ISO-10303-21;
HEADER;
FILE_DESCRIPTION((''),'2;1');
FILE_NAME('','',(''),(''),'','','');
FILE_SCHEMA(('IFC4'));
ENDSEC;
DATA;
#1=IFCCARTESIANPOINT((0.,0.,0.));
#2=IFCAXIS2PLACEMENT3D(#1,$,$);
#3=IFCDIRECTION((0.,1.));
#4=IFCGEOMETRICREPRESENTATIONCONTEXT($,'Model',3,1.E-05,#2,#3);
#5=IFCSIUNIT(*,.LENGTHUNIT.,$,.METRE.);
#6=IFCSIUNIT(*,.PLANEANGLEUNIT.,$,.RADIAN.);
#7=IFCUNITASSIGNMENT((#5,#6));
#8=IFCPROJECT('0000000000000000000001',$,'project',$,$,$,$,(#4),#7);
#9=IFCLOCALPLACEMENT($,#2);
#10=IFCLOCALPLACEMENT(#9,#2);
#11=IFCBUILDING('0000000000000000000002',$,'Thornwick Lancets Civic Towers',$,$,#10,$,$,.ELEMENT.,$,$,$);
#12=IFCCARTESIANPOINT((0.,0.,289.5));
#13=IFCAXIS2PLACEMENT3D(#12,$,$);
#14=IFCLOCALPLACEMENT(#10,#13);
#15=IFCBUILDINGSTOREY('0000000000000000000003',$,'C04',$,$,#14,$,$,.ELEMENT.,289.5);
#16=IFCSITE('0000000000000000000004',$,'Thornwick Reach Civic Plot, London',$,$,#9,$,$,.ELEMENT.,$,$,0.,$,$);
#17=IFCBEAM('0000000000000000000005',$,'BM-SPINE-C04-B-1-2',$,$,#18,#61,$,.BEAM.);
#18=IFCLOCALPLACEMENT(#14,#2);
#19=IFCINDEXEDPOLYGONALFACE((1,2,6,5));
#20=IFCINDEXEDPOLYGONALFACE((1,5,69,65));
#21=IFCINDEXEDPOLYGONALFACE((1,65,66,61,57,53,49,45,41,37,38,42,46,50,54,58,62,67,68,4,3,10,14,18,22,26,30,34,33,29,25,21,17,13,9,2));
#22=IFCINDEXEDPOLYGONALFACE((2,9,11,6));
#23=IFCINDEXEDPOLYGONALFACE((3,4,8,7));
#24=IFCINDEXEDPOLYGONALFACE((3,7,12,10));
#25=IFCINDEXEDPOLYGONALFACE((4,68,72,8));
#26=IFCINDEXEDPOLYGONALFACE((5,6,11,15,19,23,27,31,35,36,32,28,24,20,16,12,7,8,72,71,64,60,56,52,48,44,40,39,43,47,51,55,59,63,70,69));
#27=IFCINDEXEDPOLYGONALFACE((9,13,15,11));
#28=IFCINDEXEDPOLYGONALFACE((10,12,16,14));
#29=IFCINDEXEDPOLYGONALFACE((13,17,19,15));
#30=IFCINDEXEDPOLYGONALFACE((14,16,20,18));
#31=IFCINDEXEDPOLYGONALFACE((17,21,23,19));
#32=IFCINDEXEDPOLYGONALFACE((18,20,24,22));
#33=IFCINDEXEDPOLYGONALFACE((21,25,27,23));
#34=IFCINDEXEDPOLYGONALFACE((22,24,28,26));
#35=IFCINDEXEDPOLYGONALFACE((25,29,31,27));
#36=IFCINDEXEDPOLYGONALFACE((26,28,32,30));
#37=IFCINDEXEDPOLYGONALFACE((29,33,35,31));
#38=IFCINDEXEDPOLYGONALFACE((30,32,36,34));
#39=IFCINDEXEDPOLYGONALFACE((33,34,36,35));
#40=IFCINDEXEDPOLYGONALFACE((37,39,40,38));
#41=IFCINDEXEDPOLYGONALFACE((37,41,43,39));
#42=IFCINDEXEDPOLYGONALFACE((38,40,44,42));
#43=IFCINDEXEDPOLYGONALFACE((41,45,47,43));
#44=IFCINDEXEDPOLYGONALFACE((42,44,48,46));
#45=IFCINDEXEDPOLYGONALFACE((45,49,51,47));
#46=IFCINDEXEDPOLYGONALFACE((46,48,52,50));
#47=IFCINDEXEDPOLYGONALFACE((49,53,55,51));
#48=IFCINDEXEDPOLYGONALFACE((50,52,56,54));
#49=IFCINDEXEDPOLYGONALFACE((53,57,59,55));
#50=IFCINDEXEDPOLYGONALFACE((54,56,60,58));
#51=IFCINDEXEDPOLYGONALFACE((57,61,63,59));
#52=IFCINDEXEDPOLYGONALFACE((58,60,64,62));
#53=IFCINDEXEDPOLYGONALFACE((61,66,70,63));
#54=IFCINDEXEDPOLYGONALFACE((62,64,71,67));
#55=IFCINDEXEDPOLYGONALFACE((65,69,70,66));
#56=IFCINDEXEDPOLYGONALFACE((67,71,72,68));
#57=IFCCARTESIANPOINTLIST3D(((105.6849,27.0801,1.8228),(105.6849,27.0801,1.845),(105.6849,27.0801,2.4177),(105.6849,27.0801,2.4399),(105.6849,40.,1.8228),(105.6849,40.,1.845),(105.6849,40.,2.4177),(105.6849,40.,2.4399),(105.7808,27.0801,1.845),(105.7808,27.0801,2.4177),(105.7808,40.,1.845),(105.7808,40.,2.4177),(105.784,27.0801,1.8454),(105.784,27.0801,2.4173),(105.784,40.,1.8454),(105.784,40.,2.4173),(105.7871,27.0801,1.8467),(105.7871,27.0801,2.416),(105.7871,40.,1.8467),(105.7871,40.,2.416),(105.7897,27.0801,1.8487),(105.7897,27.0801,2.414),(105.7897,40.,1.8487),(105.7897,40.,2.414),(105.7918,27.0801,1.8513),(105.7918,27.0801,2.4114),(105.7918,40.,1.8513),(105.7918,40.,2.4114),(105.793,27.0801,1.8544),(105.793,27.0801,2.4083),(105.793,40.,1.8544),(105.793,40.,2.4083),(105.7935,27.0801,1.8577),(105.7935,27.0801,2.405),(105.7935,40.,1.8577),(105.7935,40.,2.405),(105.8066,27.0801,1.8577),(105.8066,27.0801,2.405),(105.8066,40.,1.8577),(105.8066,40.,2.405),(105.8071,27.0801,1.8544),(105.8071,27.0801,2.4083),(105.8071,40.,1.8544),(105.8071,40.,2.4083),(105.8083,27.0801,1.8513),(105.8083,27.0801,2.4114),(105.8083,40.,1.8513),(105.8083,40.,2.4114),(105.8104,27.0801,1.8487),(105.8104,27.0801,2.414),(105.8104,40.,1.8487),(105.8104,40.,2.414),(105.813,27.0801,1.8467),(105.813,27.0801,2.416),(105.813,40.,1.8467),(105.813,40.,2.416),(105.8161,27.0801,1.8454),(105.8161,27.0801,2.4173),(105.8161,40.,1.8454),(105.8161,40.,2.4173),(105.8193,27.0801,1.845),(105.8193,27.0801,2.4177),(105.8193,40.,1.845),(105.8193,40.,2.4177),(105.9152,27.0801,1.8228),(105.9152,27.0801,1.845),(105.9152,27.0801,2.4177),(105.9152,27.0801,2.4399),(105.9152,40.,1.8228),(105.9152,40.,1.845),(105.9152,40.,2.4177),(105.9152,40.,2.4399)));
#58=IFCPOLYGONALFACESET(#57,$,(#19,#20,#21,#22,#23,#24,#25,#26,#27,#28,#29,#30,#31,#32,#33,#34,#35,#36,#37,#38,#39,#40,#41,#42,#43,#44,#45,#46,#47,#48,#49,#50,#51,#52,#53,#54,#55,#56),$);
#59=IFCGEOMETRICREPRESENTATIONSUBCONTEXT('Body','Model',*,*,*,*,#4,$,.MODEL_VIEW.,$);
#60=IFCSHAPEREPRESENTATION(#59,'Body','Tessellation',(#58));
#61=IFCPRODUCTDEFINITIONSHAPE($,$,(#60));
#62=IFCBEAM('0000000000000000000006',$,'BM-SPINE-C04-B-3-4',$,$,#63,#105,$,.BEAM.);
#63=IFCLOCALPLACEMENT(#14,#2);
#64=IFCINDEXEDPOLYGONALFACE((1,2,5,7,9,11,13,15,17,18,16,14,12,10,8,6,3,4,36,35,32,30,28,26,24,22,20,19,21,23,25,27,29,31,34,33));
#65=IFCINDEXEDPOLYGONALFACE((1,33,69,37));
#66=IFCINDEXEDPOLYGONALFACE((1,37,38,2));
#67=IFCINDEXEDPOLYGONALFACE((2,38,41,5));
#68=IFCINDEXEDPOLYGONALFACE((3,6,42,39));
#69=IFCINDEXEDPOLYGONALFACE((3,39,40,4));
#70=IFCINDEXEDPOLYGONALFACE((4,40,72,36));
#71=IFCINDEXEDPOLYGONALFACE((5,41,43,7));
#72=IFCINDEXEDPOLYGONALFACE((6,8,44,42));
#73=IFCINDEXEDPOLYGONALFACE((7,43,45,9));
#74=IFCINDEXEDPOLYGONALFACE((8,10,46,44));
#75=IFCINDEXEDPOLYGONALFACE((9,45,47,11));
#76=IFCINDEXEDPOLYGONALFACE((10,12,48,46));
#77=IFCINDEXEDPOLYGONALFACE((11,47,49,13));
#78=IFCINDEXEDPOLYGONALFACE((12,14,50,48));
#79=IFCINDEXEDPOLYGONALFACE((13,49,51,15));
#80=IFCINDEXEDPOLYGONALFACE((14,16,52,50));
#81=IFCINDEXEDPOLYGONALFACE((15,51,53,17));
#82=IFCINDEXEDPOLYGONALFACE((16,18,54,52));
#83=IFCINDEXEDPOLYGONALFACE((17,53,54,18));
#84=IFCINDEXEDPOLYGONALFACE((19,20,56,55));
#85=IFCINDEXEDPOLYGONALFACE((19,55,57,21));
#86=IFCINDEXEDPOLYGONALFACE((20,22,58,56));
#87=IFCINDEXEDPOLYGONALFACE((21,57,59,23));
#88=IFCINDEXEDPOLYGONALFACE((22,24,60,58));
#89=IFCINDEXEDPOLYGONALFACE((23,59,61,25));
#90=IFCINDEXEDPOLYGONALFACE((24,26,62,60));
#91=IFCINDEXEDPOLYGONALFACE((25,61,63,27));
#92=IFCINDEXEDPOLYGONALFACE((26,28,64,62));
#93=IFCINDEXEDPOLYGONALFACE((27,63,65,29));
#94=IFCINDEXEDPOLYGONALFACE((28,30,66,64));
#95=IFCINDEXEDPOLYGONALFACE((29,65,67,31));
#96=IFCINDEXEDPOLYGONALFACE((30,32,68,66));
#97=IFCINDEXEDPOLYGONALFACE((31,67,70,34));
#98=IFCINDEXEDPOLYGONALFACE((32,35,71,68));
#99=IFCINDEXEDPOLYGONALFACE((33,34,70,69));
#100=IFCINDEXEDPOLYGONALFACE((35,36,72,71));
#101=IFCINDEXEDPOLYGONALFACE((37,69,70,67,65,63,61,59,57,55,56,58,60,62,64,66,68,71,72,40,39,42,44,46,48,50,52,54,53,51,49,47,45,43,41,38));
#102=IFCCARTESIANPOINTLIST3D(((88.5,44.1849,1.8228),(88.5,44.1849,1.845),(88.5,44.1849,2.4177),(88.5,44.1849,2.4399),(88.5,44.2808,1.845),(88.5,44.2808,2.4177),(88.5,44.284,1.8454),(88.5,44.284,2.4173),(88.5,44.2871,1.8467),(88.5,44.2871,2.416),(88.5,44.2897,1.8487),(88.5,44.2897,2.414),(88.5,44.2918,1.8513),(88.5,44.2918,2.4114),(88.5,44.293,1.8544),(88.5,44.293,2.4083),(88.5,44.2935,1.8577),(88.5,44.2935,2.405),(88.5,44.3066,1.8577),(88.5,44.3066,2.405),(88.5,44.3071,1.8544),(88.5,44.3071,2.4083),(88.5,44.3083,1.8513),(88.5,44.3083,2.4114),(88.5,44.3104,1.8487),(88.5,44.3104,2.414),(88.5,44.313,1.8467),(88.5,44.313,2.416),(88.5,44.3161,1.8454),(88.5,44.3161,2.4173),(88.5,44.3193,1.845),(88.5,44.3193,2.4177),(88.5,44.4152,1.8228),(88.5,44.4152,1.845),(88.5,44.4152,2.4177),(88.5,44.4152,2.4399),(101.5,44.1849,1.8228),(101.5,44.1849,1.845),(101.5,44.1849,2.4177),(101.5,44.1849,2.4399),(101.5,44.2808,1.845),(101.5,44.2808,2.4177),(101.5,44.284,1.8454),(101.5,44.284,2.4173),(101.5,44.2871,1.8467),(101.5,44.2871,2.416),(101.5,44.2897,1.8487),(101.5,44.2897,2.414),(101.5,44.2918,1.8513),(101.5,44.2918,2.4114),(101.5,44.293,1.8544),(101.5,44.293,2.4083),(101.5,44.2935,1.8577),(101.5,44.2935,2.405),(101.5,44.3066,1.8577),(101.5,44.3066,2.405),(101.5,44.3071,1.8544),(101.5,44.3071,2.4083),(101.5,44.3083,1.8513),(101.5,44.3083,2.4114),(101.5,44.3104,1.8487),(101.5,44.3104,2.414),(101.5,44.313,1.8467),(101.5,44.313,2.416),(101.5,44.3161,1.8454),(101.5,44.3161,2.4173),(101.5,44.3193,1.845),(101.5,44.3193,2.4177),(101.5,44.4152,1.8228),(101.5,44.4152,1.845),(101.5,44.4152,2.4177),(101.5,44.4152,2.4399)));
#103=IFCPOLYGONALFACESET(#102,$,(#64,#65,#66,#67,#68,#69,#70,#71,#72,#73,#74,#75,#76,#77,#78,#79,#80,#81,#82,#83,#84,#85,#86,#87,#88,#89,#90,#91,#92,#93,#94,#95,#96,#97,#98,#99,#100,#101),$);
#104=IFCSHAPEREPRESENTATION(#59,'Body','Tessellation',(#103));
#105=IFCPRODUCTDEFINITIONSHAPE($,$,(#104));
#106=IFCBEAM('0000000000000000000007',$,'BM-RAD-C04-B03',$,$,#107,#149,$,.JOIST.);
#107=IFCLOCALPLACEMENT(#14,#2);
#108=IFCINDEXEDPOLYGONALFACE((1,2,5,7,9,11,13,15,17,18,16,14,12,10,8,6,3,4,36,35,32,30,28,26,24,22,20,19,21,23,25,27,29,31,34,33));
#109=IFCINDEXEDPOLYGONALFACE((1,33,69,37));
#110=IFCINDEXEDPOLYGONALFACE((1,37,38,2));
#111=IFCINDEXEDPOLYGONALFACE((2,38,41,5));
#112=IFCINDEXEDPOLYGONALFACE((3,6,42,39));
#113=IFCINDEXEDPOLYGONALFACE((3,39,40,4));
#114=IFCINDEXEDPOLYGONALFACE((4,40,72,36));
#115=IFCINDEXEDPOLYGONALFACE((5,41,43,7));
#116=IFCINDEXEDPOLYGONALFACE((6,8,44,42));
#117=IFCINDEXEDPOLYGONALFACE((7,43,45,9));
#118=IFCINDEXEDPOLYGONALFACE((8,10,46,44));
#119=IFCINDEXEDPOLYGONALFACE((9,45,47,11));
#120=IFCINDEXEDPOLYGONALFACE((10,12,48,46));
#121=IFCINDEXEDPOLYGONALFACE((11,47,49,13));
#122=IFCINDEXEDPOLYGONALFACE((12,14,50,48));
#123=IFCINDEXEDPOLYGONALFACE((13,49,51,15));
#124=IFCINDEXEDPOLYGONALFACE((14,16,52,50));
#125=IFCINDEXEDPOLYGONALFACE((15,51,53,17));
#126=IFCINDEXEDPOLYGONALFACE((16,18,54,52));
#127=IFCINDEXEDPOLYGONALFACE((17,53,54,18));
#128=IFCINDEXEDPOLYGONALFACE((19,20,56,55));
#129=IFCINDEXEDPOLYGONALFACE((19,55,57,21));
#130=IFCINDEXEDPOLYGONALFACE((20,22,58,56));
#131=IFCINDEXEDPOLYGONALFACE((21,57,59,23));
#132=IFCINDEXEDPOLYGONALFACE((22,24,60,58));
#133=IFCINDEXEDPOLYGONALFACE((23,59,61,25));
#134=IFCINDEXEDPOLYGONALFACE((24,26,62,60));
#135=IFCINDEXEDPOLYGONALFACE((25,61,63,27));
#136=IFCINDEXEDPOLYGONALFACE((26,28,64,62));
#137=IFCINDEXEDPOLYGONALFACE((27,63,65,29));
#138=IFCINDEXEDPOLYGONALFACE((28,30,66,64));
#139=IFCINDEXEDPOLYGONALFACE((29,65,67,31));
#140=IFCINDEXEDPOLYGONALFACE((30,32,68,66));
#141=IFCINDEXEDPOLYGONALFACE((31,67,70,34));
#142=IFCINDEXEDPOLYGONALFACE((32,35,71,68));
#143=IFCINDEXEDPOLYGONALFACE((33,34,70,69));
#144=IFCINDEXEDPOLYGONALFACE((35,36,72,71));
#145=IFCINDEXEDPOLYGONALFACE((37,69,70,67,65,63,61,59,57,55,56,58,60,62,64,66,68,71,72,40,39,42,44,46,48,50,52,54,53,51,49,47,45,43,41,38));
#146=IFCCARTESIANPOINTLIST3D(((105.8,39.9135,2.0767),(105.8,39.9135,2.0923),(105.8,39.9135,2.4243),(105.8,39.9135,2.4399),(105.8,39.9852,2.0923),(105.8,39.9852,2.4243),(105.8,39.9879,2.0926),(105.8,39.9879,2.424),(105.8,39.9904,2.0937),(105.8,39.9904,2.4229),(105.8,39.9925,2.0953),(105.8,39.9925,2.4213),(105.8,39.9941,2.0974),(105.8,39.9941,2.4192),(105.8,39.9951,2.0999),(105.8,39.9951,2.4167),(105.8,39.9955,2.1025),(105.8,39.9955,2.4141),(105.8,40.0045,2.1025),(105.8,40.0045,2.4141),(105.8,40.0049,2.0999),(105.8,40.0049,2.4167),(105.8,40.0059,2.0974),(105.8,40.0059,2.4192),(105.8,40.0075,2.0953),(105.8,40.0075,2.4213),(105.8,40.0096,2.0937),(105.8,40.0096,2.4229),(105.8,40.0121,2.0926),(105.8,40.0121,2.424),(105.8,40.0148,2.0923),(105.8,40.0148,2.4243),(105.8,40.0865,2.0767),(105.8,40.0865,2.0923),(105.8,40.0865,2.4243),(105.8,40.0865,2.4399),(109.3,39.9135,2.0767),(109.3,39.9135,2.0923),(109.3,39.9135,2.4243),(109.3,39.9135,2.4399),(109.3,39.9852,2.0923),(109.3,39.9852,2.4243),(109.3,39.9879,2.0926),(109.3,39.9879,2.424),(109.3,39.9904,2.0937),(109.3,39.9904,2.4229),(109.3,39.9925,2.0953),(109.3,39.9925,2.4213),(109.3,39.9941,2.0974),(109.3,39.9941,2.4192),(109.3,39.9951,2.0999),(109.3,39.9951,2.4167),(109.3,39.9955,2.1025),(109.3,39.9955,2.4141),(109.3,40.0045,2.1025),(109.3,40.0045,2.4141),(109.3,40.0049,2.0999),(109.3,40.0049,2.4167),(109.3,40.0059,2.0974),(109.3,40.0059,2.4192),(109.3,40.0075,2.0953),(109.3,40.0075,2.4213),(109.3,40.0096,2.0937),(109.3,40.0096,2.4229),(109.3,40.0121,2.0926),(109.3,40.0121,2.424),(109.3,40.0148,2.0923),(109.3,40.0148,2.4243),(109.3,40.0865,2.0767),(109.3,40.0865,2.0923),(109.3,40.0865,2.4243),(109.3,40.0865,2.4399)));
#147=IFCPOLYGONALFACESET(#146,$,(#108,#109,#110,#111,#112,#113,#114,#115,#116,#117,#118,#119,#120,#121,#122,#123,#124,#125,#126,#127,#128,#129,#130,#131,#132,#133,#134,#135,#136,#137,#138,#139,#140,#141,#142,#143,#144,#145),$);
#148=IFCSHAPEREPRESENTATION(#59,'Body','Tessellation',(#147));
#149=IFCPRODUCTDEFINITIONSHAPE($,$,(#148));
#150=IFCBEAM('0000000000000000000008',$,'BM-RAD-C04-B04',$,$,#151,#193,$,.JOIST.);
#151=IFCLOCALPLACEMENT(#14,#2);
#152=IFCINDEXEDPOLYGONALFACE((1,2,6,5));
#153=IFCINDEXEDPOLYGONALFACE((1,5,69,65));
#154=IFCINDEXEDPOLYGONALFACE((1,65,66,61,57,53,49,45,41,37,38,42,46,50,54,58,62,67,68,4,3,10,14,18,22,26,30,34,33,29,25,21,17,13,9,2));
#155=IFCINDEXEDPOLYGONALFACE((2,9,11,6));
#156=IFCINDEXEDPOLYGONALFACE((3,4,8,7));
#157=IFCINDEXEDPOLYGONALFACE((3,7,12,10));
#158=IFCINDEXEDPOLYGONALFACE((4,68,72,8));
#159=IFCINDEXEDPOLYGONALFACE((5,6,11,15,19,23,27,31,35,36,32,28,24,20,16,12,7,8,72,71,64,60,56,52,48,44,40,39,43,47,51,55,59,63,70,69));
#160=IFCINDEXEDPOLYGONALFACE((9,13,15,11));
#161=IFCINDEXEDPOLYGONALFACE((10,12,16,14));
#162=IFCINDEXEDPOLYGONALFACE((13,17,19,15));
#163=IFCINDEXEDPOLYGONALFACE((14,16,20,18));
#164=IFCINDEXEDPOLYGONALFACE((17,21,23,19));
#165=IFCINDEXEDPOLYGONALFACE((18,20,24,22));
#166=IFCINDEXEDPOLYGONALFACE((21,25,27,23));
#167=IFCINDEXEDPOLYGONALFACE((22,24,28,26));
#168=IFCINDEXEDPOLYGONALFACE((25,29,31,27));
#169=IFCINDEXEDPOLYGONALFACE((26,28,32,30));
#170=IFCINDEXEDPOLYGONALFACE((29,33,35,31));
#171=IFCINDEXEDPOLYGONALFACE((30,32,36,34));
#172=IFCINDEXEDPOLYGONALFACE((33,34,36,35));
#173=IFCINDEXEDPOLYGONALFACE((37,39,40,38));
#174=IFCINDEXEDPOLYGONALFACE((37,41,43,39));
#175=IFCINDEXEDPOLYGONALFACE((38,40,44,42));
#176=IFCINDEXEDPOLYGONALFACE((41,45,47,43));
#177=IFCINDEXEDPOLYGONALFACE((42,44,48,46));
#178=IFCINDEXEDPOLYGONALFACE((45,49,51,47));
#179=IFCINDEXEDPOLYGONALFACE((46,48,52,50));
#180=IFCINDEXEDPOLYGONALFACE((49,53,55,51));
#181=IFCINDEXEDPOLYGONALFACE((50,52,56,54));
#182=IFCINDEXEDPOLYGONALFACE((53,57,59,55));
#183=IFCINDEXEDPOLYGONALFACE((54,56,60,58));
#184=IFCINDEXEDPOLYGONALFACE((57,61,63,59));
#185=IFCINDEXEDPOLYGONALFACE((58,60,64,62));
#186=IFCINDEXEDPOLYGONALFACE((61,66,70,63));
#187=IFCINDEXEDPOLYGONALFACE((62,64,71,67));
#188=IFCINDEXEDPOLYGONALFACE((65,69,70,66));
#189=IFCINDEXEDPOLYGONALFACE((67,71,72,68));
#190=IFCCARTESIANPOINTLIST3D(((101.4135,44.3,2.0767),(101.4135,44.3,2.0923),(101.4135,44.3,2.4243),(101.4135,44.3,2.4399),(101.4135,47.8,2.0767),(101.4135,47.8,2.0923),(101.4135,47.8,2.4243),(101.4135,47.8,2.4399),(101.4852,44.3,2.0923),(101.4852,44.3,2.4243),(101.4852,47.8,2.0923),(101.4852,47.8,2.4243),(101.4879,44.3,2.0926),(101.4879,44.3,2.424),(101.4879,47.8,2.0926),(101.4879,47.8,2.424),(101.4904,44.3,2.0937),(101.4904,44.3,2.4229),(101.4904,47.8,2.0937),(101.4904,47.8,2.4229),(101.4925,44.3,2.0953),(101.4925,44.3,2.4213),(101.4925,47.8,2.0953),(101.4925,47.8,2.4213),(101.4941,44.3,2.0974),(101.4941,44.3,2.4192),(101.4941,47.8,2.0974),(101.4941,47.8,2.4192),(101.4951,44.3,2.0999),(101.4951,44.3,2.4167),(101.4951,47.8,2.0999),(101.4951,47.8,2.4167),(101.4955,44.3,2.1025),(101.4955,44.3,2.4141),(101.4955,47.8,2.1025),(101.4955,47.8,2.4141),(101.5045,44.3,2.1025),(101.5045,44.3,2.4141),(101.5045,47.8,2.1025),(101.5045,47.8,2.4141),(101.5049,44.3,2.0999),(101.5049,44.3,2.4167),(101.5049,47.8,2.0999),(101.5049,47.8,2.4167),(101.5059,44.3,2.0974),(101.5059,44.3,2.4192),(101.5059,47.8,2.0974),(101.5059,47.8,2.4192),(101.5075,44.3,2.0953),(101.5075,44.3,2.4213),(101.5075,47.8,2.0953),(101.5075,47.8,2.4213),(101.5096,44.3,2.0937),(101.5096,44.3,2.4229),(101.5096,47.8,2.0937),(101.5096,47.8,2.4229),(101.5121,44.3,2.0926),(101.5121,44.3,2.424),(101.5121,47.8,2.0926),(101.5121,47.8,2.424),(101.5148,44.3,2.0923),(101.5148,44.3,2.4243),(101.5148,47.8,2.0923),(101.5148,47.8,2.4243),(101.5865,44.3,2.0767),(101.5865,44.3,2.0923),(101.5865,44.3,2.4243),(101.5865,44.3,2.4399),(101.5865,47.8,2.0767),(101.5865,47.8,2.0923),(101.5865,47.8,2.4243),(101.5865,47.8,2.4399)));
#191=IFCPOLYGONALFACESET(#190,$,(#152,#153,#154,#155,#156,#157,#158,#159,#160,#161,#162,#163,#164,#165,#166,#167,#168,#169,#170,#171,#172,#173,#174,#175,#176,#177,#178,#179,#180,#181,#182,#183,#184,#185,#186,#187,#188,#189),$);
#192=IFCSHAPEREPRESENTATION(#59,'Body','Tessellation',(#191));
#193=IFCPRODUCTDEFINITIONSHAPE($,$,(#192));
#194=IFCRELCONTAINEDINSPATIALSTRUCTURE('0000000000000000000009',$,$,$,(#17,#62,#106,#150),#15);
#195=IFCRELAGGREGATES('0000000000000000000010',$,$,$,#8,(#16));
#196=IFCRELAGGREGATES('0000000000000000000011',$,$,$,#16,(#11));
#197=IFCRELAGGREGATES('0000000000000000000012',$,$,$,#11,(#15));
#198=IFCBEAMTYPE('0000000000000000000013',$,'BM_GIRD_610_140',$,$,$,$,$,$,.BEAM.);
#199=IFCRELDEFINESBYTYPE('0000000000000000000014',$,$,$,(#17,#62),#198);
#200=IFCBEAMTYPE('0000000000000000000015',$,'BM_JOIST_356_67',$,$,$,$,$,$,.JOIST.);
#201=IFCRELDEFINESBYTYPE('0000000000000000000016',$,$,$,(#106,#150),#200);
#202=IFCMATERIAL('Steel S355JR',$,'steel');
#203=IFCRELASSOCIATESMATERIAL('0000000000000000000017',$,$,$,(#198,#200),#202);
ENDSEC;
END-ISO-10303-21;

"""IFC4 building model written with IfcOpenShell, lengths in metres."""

from ifc_helpers import new_model, si_unit, direction, frame, origin, origin_2d, place, context, subcontext, project, spatial, i_section, extrude, material, material_profile, profile_set, type_object, element, save


model = new_model("IFC4")

# Units and contexts
model_context = context("Model", 3, precision=1e-05, world=origin(), true_north=direction((0.0, 1.0)))
body_context = subcontext(model_context, "Body", "Model", "MODEL_VIEW")
ifc_project = project(units=[si_unit("LENGTHUNIT", "METRE"), si_unit("PLANEANGLEUNIT", "RADIAN")], contexts=[model_context])

# Site, building, storey
site_placement = place(None, origin())
site = spatial("IfcSite", under=ifc_project, at=site_placement, Name="Thornwick Reach Civic Plot, London", CompositionType="ELEMENT", RefElevation=0.0)
building_placement = place(site_placement, origin())
building = spatial("IfcBuilding", under=site, at=building_placement, Name="Thornwick Lancets Civic Towers", CompositionType="ELEMENT")
storey_placement = place(building_placement, frame((0.0, 0.0, 289.5)))
storey = spatial("IfcBuildingStorey", under=building, at=storey_placement, Name="C04", CompositionType="ELEMENT", Elevation=289.5)

# Shared definitions
ifc_material_1 = material(Name="Steel S355JR", Category="steel")

# Beams
ifc_material_profile_1 = material_profile(ifc_material_1, i_section(OverallWidth=0.2302, OverallDepth=0.6172, WebThickness=0.0132, FlangeThickness=0.0222, FilletRadius=0.0127, at=origin_2d()), Name="UKB 610x229x140")
ifc_profile_set_1 = profile_set([ifc_material_profile_1], Name="Steel S355JR")
beam_type_1 = type_object("IfcBeamType", Name="BM_GIRD_610_140", PredefinedType="BEAM", material=ifc_profile_set_1)
beam_1_placement = place(storey_placement, frame((105.8, 27.0801, 2.1313), z_axis=(0.0, 1.0, 0.0), x_axis=(-1.0, 0.0, 0.0)))
element("IfcBeam", 1, at=beam_1_placement, inside=storey, type_object=beam_type_1, Name="BM-SPINE-C04-B-1-2", PredefinedType="BEAM", context=body_context, shape_type="SweptSolid", body=[
    extrude(i_section(OverallWidth=0.2302, OverallDepth=0.6172, WebThickness=0.0132, FlangeThickness=0.0222, FilletRadius=0.0127, at=origin_2d()), origin(), (0.0, 0.0, 1.0), 12.9199),
])
beam_2_placement = place(storey_placement, frame((101.5, 44.3, 2.1313), z_axis=(-1.0, 0.0, 0.0), x_axis=(0.0, -1.0, 0.0)))
element("IfcBeam", 2, at=beam_2_placement, inside=storey, type_object=beam_type_1, Name="BM-SPINE-C04-B-3-4", PredefinedType="BEAM", context=body_context, shape_type="SweptSolid", body=[
    extrude(i_section(OverallWidth=0.2302, OverallDepth=0.6172, WebThickness=0.0132, FlangeThickness=0.0222, FilletRadius=0.0127, at=origin_2d()), origin(), (0.0, 0.0, 1.0), 13.0),
])
ifc_material_profile_2 = material_profile(ifc_material_1, i_section(OverallWidth=0.1731, OverallDepth=0.3633, WebThickness=0.009, FlangeThickness=0.0156, FilletRadius=0.0103, at=origin_2d()), Name="UKB 356x171x67")
ifc_profile_set_2 = profile_set([ifc_material_profile_2], Name="Steel S355JR")
beam_type_2 = type_object("IfcBeamType", Name="BM_JOIST_356_67", PredefinedType="JOIST", material=ifc_profile_set_2)
for number, where, z_axis, x_axis, name in (
    (3, (105.8, 40.0, 2.2583), (1.0, 0.0, 0.0), (0.0, 1.0, 0.0), "BM-RAD-C04-B03"),
    (4, (101.5, 44.3, 2.2583), (0.0, 1.0, 0.0), (-1.0, 0.0, 0.0), "BM-RAD-C04-B04"),
):
    element("IfcBeam", number, at=place(storey_placement, frame(where, z_axis=z_axis, x_axis=x_axis)), inside=storey, type_object=beam_type_2, Name=name, PredefinedType="JOIST", context=body_context, shape_type="SweptSolid", body=[
        extrude(i_section(OverallWidth=0.1731, OverallDepth=0.3633, WebThickness=0.009, FlangeThickness=0.0156, FilletRadius=0.0103, at=origin_2d()), origin(), (0.0, 0.0, 1.0), 3.5),
    ])

save(model, "model.ifc")
